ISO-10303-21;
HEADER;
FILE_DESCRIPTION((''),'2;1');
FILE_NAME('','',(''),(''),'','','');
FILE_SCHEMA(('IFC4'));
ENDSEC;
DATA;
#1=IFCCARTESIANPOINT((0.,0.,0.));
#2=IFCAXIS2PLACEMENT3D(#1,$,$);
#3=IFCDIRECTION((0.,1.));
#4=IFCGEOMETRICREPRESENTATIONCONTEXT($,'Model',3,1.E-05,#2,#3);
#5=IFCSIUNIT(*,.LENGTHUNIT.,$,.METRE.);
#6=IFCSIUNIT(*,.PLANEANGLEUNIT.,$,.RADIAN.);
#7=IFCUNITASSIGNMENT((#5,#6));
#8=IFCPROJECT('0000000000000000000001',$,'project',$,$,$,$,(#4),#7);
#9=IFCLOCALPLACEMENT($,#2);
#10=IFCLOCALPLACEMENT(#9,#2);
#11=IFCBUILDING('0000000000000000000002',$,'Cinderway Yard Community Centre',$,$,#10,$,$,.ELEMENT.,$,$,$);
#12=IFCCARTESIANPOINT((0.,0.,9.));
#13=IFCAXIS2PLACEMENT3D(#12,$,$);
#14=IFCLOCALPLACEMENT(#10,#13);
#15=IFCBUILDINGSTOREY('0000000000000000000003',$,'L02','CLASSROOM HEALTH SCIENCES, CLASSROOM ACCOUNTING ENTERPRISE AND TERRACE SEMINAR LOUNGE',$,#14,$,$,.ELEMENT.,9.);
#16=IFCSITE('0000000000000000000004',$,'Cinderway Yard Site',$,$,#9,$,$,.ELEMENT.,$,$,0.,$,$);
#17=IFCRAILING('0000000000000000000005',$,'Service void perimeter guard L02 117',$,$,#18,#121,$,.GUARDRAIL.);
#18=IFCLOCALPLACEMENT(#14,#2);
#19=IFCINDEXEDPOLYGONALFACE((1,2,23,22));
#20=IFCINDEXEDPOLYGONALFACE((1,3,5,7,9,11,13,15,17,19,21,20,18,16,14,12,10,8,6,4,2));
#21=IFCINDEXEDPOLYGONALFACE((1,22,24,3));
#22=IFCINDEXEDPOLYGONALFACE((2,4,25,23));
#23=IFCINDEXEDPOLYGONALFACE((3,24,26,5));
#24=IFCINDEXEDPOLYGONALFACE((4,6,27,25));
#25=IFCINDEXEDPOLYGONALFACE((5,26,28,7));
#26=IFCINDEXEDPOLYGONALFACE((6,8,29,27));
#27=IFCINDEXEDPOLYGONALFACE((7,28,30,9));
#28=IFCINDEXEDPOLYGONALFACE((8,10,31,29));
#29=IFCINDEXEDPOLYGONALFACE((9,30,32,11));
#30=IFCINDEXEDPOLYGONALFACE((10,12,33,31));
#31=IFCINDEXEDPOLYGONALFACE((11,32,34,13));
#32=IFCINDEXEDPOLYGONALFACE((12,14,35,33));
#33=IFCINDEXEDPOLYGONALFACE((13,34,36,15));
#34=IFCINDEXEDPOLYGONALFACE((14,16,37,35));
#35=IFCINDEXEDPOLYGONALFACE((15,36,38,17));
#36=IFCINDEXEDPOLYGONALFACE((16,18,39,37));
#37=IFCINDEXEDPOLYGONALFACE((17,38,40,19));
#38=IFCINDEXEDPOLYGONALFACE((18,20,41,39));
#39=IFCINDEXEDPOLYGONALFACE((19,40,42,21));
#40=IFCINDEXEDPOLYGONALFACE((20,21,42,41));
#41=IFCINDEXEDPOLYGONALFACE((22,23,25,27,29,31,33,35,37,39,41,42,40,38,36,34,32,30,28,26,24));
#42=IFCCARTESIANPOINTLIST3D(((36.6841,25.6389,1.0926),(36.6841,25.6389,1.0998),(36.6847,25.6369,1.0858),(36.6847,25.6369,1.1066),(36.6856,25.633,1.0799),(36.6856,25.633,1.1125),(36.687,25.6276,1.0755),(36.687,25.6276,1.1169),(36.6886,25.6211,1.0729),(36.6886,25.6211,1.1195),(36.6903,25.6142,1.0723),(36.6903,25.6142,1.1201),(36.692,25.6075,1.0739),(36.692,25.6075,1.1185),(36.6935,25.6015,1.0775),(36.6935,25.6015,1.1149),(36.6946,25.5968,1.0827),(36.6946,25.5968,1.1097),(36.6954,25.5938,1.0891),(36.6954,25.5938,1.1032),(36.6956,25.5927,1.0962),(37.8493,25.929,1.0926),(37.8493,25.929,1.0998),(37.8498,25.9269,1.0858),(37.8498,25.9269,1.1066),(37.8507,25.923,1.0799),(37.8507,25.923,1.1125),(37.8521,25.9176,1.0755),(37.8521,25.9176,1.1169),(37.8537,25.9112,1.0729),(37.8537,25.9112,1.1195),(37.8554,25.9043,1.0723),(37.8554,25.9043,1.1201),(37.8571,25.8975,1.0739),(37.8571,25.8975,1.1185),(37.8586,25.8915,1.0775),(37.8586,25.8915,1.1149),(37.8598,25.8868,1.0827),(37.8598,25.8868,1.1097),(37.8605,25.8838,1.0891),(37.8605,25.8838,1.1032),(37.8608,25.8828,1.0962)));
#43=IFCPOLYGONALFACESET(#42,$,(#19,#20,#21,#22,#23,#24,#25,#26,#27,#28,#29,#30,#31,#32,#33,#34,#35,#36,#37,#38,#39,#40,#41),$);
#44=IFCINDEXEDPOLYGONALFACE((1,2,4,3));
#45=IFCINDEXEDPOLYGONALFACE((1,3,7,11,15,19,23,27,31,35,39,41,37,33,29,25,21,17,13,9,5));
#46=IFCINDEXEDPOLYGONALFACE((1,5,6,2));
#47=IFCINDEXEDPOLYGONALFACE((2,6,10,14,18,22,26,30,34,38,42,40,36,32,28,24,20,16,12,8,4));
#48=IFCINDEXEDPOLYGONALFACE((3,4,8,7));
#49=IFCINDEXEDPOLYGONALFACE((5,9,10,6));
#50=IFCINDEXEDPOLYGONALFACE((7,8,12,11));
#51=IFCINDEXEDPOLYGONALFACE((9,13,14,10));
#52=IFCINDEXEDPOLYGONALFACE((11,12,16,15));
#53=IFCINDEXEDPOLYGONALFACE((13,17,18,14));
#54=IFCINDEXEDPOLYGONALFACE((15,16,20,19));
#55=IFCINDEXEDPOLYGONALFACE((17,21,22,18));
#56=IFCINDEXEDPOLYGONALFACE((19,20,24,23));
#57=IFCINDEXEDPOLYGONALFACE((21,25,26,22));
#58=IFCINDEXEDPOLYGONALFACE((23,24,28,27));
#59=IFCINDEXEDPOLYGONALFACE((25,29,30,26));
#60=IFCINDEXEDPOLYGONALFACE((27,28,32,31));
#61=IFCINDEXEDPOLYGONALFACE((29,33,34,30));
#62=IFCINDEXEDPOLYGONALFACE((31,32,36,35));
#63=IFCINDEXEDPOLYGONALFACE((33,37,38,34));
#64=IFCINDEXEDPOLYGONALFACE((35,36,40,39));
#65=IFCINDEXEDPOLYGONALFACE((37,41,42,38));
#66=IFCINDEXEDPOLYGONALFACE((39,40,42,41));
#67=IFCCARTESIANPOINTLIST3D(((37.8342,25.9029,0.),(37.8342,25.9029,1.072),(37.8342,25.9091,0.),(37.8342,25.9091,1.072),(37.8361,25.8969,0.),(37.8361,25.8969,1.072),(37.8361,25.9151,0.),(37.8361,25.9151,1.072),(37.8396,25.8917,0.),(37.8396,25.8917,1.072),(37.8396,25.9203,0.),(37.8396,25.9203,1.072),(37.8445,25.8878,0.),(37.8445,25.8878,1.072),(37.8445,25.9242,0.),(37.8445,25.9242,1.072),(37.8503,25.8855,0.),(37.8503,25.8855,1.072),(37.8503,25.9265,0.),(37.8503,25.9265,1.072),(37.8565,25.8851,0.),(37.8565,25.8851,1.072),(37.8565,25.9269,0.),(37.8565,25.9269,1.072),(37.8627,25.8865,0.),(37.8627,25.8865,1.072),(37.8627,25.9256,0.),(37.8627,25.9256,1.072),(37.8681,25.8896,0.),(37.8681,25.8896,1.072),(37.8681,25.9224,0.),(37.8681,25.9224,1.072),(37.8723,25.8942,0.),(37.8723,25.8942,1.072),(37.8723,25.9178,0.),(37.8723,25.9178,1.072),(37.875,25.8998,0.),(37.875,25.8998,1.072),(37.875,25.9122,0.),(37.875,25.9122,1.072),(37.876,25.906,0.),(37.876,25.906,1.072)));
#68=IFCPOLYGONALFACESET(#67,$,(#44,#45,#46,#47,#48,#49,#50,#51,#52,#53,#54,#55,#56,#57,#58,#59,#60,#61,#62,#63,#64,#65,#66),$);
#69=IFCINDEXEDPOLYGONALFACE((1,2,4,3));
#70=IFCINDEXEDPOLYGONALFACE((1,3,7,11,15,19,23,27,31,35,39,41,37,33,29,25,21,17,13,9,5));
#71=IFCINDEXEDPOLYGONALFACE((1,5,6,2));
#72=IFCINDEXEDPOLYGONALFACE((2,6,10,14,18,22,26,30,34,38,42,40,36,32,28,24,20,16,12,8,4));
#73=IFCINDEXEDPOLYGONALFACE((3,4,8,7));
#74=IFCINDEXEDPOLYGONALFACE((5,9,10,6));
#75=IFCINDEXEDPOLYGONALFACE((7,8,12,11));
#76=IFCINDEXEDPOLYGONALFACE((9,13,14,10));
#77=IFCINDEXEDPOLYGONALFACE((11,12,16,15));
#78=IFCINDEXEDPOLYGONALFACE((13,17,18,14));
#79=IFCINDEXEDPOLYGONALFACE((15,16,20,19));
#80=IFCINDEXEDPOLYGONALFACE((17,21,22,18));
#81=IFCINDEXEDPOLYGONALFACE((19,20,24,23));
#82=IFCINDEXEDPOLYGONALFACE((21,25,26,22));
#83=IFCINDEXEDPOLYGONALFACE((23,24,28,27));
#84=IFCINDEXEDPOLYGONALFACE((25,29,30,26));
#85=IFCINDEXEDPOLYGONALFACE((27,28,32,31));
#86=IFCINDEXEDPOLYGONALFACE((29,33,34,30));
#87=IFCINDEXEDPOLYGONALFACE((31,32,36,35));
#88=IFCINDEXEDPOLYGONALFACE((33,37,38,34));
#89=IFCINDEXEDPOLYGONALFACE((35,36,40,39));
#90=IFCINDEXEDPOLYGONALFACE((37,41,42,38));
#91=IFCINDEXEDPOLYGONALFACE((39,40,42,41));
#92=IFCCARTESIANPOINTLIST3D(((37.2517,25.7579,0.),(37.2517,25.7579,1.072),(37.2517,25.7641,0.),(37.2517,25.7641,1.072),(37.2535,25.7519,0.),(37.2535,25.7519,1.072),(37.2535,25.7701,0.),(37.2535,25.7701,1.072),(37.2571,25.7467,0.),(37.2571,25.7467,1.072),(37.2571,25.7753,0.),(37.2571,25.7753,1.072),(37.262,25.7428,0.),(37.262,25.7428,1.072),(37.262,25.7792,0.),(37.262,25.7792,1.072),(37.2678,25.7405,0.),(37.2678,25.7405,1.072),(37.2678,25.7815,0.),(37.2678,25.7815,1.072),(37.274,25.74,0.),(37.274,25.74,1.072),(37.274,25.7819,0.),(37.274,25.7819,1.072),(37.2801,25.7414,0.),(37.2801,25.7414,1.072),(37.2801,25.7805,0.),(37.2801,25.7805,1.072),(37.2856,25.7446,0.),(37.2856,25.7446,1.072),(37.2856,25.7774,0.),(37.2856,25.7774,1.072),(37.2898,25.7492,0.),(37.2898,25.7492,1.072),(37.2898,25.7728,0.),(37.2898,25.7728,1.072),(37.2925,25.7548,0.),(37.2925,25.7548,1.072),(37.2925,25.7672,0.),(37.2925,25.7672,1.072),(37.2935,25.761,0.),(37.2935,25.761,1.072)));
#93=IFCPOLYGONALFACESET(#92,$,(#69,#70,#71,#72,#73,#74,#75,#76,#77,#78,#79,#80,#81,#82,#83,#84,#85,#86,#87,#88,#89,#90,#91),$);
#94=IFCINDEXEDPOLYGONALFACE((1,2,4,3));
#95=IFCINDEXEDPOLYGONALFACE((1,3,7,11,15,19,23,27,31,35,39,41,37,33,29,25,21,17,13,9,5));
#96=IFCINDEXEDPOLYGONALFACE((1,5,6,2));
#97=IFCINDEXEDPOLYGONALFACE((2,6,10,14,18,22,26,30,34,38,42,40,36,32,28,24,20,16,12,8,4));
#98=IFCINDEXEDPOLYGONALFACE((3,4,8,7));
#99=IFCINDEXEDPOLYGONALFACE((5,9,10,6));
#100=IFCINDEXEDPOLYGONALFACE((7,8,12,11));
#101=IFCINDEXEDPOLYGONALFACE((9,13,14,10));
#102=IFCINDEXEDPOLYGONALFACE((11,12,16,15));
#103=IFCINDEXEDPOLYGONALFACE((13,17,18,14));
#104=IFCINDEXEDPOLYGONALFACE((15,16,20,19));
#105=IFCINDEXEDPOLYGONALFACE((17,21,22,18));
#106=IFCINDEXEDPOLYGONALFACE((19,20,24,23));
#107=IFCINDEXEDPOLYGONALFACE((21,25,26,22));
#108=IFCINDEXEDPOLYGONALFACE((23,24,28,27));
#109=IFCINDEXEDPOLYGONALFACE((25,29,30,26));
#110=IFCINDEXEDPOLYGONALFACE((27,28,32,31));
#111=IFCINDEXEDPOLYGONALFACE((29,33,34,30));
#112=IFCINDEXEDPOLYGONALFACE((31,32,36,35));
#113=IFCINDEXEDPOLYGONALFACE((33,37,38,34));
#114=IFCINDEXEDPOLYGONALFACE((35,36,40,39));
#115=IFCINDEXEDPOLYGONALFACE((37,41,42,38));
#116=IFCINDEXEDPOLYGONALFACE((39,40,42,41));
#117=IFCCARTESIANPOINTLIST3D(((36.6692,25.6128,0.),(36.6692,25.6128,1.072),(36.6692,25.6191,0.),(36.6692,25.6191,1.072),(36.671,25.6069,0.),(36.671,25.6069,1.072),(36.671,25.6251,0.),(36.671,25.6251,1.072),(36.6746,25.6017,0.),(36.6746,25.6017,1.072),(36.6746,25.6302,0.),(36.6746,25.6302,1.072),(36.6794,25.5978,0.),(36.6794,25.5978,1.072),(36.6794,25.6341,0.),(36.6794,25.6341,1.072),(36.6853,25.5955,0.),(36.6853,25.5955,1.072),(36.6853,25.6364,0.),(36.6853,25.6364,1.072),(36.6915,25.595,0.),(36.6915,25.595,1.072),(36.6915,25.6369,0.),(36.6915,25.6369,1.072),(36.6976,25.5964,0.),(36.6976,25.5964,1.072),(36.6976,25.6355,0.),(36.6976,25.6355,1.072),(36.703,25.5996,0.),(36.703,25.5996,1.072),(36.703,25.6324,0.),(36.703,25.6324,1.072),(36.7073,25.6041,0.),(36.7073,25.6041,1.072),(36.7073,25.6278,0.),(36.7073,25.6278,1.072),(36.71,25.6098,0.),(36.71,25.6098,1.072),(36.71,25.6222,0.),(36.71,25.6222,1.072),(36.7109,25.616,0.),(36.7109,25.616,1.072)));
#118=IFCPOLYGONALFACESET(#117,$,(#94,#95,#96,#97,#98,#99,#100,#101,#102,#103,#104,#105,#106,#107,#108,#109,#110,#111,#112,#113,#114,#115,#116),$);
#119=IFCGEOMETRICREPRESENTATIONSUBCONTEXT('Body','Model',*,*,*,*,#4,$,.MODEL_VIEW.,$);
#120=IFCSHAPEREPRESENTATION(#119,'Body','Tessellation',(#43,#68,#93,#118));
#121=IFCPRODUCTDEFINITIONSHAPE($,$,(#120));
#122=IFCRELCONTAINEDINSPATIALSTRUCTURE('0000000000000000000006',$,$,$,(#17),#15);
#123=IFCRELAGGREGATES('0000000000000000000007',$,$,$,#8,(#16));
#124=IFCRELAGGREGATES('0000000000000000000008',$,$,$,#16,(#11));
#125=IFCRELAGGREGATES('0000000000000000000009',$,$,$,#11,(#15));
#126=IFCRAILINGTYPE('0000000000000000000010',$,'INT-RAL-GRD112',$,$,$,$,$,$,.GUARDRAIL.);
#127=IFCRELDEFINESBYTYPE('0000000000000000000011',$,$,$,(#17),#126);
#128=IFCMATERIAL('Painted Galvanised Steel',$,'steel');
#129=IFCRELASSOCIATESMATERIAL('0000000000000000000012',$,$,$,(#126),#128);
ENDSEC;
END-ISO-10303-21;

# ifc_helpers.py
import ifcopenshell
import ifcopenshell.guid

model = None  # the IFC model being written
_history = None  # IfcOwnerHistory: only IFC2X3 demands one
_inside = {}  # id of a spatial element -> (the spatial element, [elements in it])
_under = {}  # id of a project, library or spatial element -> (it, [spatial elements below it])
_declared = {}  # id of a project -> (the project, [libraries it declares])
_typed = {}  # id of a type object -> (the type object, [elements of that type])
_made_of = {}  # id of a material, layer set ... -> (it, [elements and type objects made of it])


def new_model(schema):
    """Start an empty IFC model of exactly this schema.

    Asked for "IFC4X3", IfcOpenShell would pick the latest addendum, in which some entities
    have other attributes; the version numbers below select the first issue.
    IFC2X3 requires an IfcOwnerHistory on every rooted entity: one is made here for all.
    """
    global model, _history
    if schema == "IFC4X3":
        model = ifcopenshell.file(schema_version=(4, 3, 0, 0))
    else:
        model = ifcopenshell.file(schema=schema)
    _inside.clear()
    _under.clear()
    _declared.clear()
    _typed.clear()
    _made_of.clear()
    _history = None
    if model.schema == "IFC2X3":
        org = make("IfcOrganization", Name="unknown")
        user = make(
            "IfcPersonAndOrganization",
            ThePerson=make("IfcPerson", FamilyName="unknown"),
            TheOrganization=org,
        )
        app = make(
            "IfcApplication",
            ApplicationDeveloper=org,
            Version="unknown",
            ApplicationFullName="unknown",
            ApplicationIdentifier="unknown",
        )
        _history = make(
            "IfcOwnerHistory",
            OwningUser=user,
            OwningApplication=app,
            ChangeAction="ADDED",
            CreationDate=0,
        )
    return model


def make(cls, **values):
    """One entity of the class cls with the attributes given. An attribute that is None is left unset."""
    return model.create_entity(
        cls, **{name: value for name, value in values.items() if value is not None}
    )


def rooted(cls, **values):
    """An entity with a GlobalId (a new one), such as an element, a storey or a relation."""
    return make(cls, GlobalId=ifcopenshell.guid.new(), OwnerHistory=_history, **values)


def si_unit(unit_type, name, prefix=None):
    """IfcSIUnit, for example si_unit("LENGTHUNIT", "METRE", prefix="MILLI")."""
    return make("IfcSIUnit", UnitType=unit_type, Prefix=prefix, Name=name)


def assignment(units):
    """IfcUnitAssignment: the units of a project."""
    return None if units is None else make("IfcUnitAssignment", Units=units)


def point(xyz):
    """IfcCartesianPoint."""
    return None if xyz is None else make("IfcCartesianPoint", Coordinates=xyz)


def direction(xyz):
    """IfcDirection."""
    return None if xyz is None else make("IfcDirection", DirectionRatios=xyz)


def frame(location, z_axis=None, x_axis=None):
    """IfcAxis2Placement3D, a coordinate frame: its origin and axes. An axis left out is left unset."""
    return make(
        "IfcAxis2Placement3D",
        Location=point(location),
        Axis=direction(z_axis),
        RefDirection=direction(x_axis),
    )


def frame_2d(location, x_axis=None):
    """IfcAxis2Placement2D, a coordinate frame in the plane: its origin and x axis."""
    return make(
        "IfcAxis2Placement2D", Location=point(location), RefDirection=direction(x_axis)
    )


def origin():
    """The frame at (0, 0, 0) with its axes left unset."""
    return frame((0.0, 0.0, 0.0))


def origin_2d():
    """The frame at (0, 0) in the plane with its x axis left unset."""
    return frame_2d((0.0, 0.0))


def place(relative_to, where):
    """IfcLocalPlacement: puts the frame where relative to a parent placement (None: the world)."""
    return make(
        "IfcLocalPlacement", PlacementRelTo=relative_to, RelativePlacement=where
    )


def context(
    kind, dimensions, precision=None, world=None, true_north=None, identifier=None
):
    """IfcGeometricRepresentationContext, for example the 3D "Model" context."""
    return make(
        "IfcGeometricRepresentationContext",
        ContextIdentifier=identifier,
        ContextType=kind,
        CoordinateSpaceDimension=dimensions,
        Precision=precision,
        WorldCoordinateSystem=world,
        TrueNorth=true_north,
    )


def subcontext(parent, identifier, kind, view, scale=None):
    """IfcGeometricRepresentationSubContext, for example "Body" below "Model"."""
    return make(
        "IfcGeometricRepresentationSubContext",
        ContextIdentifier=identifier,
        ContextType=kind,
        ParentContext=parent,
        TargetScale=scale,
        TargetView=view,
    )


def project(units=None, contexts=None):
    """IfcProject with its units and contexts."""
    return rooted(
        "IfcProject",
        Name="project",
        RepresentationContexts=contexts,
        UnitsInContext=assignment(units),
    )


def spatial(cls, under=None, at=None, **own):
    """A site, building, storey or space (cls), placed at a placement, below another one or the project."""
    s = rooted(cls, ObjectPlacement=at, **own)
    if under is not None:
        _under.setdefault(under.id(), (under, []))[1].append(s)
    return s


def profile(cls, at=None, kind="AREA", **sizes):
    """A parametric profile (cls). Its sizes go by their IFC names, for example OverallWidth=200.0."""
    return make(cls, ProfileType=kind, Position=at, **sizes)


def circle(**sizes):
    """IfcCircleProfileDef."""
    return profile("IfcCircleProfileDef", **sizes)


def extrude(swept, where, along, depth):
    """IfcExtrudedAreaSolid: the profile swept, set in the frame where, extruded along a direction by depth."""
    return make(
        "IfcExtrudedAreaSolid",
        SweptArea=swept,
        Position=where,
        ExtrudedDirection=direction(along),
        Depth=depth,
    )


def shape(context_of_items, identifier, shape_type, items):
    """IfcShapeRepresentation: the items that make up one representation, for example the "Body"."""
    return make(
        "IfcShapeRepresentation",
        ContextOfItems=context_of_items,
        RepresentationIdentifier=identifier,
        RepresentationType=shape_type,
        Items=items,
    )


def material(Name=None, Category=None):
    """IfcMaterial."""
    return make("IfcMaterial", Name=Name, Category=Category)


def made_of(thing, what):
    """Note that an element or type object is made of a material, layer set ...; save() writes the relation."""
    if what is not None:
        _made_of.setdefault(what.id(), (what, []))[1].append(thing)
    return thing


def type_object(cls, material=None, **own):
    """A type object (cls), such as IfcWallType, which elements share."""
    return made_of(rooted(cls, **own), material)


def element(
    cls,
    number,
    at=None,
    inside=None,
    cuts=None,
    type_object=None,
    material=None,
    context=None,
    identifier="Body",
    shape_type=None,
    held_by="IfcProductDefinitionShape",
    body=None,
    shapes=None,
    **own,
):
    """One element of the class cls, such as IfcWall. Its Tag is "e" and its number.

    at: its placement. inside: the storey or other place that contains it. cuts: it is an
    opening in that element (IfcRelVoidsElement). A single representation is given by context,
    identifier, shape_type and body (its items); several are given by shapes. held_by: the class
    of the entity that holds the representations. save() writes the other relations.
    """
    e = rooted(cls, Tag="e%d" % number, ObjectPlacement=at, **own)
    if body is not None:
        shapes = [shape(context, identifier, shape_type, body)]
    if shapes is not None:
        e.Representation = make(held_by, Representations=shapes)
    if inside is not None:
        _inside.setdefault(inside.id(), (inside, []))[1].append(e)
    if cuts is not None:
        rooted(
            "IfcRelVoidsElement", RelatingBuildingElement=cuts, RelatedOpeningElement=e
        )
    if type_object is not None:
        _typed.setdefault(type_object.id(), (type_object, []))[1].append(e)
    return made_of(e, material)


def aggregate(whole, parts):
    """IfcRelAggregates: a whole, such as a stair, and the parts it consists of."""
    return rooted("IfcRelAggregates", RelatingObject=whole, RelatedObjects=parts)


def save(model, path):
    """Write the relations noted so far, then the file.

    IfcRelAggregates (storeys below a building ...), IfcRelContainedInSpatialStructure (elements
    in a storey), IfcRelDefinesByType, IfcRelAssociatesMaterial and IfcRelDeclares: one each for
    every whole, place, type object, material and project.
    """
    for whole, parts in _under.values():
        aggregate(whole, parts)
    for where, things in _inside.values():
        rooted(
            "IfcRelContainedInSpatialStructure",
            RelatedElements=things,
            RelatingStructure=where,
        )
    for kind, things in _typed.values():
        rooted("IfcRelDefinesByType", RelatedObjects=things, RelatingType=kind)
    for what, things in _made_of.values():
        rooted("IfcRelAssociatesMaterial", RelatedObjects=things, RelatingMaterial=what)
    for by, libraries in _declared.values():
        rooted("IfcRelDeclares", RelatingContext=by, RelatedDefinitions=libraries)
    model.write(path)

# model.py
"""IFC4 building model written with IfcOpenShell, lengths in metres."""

from ifc_helpers import new_model, si_unit, direction, frame, origin, origin_2d, place, context, subcontext, project, spatial, circle, extrude, material, type_object, element, save


model = new_model("IFC4")

# Units and contexts
model_context = context("Model", 3, precision=1e-05, world=origin(), true_north=direction((0.0, 1.0)))
body_context = subcontext(model_context, "Body", "Model", "MODEL_VIEW")
ifc_project = project(units=[si_unit("LENGTHUNIT", "METRE"), si_unit("PLANEANGLEUNIT", "RADIAN")], contexts=[model_context])

# Site, building, storey
site_placement = place(None, origin())
site = spatial("IfcSite", under=ifc_project, at=site_placement, Name="Cinderway Yard Site", CompositionType="ELEMENT", RefElevation=0.0)
building_placement = place(site_placement, origin())
building = spatial("IfcBuilding", under=site, at=building_placement, Name="Cinderway Yard Community Centre", CompositionType="ELEMENT")
storey_placement = place(building_placement, frame((0.0, 0.0, 9.0)))
storey = spatial("IfcBuildingStorey", under=building, at=storey_placement, Name="L02", Description="CLASSROOM HEALTH SCIENCES, CLASSROOM ACCOUNTING ENTERPRISE AND TERRACE SEMINAR LOUNGE", CompositionType="ELEMENT", Elevation=9.0)

# Railing
ifc_material_1 = material(Name="Painted Galvanised Steel", Category="steel")
railing_type = type_object("IfcRailingType", Name="INT-RAL-GRD112", PredefinedType="GUARDRAIL", material=ifc_material_1)
railing_1_placement = place(storey_placement, frame((37.855, 25.906, 0.0)))
element("IfcRailing", 1, at=railing_1_placement, inside=storey, type_object=railing_type, Name="Service void perimeter guard L02 117", PredefinedType="GUARDRAIL", context=body_context, shape_type="SweptSolid", body=[
    extrude(circle(Radius=0.0239, at=origin_2d()), frame((0.0, 0.0, 1.0962), z_axis=(-0.970381, -0.241579, 0.0), x_axis=(0.241579, -0.970381, 0.0)), (0.0, 0.0, 1.0), 1.2007),
    extrude(circle(Radius=0.021, at=origin_2d()), origin(), (0.0, 0.0, 1.0), 1.072),
    extrude(circle(Radius=0.021, at=origin_2d()), frame((-0.5825, -0.145, 0.0)), (0.0, 0.0, 1.0), 1.072),
    extrude(circle(Radius=0.021, at=origin_2d()), frame((-1.165, -0.29, 0.0)), (0.0, 0.0, 1.0), 1.072),
])

save(model, "model.ifc")
